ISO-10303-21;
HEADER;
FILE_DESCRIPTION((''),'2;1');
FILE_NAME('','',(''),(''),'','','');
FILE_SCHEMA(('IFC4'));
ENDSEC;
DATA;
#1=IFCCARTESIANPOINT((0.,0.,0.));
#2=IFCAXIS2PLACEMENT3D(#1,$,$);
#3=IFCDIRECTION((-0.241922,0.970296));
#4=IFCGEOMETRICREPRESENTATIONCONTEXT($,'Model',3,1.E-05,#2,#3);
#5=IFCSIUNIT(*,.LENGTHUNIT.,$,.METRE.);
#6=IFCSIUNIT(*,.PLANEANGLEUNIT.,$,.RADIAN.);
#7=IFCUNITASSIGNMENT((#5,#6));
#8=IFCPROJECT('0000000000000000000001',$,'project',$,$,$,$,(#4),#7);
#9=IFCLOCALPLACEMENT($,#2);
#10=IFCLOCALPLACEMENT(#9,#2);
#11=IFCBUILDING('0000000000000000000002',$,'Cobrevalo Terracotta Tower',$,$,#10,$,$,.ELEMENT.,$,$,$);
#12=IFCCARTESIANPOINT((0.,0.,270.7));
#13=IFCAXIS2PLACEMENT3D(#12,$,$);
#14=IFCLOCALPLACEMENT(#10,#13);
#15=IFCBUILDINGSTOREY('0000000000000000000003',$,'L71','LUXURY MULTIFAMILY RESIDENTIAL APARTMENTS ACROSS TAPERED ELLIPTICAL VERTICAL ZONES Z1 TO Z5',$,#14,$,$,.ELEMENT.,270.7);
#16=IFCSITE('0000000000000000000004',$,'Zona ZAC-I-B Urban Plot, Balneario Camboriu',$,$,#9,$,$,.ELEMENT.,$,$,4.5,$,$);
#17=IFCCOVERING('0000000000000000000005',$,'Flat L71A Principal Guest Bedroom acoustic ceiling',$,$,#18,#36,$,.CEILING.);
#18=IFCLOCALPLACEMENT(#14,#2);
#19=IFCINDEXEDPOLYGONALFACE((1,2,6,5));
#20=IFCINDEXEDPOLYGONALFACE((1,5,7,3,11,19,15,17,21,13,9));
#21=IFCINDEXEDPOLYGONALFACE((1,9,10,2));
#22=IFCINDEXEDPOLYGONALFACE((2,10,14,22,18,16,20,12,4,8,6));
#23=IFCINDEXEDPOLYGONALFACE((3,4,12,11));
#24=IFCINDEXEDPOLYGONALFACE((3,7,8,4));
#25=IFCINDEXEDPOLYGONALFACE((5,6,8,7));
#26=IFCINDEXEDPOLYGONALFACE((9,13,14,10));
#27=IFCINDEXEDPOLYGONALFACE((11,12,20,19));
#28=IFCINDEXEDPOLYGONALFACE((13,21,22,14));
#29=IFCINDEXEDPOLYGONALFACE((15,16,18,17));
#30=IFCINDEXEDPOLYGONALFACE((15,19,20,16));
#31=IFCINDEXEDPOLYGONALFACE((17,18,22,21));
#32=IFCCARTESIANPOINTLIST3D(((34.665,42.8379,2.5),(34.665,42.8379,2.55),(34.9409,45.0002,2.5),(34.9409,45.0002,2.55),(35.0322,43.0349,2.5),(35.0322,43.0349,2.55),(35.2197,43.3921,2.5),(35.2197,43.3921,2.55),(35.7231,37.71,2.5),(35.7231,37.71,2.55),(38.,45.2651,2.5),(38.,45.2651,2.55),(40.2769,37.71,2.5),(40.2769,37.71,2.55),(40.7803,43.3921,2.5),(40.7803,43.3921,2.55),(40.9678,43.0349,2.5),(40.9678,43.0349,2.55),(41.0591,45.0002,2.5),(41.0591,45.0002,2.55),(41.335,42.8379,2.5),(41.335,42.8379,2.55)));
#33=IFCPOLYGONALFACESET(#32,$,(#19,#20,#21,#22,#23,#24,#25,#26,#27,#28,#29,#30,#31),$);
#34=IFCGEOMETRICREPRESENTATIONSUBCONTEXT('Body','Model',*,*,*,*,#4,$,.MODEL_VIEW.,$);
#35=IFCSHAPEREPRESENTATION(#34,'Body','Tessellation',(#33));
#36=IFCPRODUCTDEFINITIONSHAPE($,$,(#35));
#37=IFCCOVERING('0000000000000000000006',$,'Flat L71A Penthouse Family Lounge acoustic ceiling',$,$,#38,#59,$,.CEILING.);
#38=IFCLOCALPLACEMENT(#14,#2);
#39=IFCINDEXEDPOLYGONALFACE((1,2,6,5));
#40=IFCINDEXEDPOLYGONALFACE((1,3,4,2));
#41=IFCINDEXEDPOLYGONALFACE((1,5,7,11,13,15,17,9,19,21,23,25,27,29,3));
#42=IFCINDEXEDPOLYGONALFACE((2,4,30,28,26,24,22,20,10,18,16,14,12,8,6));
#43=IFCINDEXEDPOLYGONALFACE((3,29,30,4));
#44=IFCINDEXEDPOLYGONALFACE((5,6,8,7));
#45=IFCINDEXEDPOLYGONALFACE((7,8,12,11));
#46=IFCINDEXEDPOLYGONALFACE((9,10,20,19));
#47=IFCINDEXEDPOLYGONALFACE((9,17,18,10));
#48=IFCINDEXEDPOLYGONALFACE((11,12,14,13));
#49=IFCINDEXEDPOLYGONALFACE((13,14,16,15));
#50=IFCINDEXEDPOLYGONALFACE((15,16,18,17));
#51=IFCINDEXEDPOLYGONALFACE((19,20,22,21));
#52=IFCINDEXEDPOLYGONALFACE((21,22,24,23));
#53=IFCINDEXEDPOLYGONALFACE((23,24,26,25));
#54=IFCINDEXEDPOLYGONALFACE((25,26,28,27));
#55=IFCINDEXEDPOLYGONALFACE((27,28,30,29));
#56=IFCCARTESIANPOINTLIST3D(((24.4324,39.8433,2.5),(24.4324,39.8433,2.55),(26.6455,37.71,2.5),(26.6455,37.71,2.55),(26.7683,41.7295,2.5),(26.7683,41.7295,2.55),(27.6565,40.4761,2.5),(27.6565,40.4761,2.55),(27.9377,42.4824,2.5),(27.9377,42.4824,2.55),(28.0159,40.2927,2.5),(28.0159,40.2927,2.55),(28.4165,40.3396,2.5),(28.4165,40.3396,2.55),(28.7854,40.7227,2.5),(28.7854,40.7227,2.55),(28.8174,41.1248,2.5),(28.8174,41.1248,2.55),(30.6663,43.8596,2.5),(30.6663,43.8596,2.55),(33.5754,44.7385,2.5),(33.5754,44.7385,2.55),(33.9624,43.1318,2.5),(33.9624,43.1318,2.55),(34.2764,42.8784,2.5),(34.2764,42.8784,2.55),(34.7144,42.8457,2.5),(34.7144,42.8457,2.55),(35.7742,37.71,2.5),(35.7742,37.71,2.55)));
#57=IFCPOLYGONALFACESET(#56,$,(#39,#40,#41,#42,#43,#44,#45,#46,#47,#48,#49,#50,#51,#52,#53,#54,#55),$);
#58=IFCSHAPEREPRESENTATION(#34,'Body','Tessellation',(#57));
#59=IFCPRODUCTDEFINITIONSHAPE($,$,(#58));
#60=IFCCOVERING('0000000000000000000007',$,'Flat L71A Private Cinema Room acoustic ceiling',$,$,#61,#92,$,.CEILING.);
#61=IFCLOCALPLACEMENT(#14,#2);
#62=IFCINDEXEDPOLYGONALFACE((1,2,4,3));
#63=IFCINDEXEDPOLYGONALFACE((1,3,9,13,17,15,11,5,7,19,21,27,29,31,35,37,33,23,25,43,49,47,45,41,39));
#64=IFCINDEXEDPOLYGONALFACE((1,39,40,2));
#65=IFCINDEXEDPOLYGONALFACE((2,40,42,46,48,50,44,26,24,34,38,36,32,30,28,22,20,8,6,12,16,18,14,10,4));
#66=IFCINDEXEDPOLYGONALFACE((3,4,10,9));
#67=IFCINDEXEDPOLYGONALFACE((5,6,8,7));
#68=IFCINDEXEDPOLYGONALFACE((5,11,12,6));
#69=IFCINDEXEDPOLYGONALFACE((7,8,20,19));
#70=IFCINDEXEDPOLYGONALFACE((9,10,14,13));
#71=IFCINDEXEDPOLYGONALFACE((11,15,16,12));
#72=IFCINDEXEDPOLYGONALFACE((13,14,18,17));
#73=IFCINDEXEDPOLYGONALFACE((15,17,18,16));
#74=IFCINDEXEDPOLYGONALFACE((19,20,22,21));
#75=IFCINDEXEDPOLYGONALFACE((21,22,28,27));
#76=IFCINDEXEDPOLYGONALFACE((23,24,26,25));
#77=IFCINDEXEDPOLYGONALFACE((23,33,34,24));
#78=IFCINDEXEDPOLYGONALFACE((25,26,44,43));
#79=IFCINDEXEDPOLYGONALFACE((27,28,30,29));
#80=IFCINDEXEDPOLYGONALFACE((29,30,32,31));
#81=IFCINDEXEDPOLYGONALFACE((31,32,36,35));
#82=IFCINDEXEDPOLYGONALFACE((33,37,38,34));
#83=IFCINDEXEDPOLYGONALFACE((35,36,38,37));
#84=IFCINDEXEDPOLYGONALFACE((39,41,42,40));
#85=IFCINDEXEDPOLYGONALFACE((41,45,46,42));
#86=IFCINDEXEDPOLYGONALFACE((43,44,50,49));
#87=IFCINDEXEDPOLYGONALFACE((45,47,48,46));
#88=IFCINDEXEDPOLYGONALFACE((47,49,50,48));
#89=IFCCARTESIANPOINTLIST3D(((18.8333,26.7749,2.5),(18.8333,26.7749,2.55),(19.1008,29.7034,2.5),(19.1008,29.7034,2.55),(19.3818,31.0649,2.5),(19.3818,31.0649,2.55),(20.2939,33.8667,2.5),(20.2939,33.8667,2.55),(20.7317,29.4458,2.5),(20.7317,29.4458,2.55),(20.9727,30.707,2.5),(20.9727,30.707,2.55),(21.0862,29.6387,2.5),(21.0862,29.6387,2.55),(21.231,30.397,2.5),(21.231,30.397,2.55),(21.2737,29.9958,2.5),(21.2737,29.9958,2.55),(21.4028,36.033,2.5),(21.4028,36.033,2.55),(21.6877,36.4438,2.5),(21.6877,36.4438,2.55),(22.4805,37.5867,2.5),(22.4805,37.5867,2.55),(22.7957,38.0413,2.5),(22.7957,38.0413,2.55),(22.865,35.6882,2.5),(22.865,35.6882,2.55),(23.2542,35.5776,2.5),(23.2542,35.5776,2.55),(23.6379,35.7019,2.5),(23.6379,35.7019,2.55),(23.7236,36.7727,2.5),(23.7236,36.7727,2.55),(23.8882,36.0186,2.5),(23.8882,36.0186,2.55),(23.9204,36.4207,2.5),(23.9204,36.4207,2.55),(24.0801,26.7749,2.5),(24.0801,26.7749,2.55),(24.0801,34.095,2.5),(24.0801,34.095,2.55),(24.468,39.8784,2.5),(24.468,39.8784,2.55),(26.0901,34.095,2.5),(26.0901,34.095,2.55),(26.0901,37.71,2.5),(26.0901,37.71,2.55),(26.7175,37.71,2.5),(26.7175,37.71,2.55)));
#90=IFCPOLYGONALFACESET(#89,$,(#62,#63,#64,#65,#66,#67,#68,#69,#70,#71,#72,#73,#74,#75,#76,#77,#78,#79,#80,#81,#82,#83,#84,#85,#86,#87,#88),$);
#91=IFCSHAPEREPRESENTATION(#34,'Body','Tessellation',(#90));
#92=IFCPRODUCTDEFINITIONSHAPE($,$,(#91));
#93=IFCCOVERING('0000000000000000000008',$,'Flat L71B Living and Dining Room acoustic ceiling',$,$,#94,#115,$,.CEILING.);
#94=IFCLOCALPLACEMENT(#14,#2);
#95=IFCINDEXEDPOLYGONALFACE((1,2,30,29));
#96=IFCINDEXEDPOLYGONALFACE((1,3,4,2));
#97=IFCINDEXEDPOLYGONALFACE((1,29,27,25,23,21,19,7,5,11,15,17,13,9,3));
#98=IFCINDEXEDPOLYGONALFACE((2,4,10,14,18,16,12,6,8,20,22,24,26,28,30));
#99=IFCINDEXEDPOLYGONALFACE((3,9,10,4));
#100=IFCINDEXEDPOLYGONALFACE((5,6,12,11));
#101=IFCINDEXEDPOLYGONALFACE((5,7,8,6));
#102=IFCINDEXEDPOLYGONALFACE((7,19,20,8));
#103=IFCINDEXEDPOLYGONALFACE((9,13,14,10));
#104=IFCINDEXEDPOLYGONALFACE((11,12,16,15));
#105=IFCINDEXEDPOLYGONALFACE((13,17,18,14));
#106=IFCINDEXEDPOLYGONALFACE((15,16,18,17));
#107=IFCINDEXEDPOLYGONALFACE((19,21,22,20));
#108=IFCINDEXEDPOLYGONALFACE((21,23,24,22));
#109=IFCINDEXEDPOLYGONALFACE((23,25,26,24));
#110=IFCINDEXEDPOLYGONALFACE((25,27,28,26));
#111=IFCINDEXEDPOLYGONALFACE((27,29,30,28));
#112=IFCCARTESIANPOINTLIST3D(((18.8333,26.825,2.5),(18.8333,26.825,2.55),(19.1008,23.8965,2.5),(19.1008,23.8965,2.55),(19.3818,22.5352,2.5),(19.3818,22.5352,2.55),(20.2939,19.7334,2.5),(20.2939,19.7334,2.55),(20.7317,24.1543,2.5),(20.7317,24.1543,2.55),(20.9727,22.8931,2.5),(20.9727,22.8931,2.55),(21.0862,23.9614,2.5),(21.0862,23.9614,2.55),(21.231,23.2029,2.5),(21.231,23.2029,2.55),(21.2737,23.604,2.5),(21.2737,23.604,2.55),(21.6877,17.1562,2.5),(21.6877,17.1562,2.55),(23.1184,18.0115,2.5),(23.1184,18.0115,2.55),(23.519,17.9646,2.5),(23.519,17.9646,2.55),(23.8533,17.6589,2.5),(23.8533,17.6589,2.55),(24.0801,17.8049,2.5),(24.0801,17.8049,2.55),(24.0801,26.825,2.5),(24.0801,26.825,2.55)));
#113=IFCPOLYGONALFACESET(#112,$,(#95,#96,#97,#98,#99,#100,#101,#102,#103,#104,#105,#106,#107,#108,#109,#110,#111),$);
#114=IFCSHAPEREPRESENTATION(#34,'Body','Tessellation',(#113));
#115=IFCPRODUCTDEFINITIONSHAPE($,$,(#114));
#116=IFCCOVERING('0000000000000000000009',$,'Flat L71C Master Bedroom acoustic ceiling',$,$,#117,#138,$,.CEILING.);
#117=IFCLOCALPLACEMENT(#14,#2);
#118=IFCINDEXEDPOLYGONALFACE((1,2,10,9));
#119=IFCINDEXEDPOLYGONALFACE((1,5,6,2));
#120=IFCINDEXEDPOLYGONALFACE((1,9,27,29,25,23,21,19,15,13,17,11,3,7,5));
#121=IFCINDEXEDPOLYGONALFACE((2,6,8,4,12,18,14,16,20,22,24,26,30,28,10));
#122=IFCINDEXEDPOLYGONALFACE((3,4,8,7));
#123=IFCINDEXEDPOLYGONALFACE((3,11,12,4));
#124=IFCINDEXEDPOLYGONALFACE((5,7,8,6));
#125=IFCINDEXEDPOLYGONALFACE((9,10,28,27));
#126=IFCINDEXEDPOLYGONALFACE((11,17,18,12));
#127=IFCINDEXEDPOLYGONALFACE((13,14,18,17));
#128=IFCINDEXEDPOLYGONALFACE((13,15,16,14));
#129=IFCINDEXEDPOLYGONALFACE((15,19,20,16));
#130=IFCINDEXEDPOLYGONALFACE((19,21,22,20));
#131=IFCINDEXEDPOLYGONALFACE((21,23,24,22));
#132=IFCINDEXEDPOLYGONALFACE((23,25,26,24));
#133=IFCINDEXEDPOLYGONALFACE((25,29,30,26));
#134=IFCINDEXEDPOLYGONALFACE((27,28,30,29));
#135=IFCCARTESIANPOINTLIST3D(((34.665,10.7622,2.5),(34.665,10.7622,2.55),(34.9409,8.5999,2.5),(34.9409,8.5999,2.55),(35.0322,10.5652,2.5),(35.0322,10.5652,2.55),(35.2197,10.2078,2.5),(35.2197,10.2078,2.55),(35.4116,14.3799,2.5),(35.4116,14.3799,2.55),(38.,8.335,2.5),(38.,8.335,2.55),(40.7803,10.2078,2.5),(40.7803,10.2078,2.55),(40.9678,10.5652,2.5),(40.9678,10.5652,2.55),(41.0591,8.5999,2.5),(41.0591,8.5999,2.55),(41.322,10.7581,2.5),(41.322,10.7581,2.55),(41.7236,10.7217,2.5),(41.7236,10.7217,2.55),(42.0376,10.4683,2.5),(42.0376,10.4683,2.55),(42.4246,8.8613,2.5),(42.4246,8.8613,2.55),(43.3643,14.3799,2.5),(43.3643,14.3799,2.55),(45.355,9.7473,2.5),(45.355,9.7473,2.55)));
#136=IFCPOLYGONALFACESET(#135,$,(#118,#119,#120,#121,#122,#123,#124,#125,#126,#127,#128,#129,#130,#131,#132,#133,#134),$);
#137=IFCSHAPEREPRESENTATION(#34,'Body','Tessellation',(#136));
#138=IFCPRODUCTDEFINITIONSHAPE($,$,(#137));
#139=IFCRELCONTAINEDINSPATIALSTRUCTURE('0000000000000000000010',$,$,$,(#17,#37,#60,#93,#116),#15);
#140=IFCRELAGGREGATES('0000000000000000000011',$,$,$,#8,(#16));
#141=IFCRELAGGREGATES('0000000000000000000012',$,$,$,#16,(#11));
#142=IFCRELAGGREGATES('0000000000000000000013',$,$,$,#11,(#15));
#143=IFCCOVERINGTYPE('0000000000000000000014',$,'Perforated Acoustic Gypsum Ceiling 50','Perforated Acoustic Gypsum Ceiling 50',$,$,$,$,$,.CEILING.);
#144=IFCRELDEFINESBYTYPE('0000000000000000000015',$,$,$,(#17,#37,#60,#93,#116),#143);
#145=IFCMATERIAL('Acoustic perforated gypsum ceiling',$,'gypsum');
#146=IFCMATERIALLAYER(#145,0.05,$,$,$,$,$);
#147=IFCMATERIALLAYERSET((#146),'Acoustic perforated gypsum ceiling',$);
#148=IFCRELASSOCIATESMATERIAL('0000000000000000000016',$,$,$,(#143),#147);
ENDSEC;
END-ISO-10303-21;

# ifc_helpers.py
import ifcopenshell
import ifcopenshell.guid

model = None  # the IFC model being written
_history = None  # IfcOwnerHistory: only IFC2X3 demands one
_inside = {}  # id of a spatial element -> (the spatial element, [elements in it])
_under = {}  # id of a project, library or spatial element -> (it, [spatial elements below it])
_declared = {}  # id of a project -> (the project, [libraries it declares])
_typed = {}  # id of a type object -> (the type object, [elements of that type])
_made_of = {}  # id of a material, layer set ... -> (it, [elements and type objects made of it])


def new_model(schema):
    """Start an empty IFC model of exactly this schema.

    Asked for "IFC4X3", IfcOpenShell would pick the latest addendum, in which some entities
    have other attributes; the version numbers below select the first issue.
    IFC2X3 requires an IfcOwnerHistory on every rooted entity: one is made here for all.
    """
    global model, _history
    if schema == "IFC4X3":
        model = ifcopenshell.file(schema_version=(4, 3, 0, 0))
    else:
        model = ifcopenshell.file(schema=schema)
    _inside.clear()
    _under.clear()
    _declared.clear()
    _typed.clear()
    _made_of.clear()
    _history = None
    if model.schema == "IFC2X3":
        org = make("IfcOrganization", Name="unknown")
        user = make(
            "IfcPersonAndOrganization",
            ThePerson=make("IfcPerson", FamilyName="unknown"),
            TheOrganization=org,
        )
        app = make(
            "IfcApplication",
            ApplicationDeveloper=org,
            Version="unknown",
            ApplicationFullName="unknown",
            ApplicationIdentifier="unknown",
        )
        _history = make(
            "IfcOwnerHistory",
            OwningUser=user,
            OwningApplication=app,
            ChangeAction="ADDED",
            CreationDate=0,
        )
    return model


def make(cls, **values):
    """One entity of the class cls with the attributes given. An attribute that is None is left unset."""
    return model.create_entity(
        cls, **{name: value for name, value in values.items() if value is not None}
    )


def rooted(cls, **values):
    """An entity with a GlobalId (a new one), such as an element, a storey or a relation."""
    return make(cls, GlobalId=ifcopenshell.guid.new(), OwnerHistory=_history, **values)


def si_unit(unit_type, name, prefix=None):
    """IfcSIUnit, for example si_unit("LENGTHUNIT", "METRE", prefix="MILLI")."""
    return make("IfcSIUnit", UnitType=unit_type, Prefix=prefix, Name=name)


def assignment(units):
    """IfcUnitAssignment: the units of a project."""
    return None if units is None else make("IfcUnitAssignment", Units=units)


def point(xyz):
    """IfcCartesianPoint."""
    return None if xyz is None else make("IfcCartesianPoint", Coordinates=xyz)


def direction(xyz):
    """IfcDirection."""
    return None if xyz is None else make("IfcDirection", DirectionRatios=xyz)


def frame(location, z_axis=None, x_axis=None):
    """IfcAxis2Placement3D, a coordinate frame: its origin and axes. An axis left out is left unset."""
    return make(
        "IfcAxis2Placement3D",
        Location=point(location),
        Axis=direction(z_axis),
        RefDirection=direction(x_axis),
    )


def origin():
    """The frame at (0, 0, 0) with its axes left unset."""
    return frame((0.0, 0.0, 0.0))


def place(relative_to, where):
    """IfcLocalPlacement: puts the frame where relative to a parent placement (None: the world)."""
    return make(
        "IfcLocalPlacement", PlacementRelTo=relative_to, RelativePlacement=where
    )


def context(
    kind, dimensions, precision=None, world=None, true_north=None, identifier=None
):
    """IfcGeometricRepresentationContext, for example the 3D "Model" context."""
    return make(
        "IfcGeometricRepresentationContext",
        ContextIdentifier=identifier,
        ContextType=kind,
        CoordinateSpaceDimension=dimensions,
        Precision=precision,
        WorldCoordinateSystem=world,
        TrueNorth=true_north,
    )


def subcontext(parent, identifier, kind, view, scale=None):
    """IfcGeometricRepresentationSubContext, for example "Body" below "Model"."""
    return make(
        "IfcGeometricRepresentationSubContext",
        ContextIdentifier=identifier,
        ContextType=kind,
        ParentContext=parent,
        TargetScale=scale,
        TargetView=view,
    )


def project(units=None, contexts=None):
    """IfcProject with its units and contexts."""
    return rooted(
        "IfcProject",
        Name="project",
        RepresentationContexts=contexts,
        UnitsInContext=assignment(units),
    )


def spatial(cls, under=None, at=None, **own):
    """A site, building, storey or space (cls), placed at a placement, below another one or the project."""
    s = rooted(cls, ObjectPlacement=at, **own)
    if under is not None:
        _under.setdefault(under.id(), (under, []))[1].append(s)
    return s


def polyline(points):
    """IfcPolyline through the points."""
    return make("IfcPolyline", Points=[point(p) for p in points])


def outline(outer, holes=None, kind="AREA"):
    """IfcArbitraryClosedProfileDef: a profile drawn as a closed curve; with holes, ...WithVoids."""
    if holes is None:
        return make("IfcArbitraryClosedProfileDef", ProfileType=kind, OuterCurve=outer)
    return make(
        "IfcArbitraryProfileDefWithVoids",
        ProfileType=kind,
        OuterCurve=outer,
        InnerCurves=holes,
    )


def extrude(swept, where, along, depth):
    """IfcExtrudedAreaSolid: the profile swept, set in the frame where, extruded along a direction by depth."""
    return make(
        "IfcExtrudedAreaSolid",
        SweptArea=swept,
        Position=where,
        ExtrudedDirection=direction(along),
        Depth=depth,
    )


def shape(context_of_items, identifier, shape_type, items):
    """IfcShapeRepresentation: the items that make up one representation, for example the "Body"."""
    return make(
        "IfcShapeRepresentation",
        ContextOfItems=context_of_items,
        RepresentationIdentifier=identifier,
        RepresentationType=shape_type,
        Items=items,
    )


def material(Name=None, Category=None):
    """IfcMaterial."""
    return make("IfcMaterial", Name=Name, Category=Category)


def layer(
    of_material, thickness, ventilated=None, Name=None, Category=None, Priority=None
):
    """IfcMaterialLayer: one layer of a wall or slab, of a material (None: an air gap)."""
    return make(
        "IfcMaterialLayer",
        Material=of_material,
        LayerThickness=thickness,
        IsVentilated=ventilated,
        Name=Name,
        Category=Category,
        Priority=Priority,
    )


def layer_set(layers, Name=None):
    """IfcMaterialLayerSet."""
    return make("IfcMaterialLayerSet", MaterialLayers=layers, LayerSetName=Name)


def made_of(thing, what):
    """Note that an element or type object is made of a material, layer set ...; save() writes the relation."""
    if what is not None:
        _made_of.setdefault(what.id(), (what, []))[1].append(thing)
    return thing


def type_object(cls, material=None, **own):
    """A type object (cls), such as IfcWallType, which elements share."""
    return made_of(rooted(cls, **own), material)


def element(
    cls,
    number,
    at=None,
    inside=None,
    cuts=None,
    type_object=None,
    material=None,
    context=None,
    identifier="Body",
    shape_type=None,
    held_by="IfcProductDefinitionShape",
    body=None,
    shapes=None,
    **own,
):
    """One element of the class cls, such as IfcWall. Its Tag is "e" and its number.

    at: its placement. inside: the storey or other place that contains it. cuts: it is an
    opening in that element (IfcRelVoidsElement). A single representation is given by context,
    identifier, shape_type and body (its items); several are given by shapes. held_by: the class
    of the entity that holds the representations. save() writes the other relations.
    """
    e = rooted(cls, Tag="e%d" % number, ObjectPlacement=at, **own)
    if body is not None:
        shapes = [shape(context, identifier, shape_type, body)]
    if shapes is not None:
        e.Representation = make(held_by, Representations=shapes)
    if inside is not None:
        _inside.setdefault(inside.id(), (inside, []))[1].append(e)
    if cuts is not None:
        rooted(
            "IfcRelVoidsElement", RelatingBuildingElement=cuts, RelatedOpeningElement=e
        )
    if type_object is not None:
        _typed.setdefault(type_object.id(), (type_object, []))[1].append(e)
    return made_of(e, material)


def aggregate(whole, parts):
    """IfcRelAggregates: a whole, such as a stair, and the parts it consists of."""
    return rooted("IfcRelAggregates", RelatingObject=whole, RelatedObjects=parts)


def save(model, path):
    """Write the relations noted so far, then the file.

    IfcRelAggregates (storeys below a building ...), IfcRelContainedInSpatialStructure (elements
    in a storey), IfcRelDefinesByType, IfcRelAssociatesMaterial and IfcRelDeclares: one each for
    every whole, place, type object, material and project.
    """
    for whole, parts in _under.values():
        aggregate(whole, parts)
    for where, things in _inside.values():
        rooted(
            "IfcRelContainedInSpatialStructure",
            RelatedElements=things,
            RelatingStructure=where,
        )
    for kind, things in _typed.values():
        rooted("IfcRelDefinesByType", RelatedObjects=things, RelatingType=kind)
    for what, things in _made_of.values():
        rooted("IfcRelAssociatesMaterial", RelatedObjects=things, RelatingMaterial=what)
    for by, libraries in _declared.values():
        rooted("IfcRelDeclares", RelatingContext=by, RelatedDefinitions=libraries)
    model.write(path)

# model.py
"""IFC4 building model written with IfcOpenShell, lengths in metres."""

from ifc_helpers import new_model, si_unit, direction, frame, origin, place, context, subcontext, project, spatial, polyline, outline, extrude, material, layer, layer_set, type_object, element, save


model = new_model("IFC4")

# Units and contexts
model_context = context("Model", 3, precision=1e-05, world=origin(), true_north=direction((-0.241922, 0.970296)))
body_context = subcontext(model_context, "Body", "Model", "MODEL_VIEW")
ifc_project = project(units=[si_unit("LENGTHUNIT", "METRE"), si_unit("PLANEANGLEUNIT", "RADIAN")], contexts=[model_context])

# Site, building, storey
site_placement = place(None, origin())
site = spatial("IfcSite", under=ifc_project, at=site_placement, Name="Zona ZAC-I-B Urban Plot, Balneario Camboriu", CompositionType="ELEMENT", RefElevation=4.5)
building_placement = place(site_placement, origin())
building = spatial("IfcBuilding", under=site, at=building_placement, Name="Cobrevalo Terracotta Tower", CompositionType="ELEMENT")
storey_placement = place(building_placement, frame((0.0, 0.0, 270.7)))
storey = spatial("IfcBuildingStorey", under=building, at=storey_placement, Name="L71", Description="LUXURY MULTIFAMILY RESIDENTIAL APARTMENTS ACROSS TAPERED ELLIPTICAL VERTICAL ZONES Z1 TO Z5", CompositionType="ELEMENT", Elevation=270.7)

# Coverings
ifc_material_1 = material(Name="Acoustic perforated gypsum ceiling", Category="gypsum")
ifc_layer_1 = layer(ifc_material_1, 0.05)
ifc_layer_set_1 = layer_set([ifc_layer_1], Name="Acoustic perforated gypsum ceiling")
covering_type_1 = type_object("IfcCoveringType", Name="Perforated Acoustic Gypsum Ceiling 50", Description="Perforated Acoustic Gypsum Ceiling 50", PredefinedType="CEILING", material=ifc_layer_set_1)
covering_1_placement = place(storey_placement, frame((0.0, 0.0, 2.5)))
element("IfcCovering", 1, at=covering_1_placement, inside=storey, type_object=covering_type_1, Name="Flat L71A Principal Guest Bedroom acoustic ceiling", PredefinedType="CEILING", context=body_context, shape_type="SweptSolid", body=[
    extrude(outline(polyline([(34.665, 42.8379), (35.0322, 43.0349), (35.2197, 43.3921), (34.9409, 45.0002), (38.0, 45.2651), (41.0591, 45.0002), (40.7803, 43.3921), (40.9678, 43.0349), (41.335, 42.8379), (40.2769, 37.71), (35.7231, 37.71), (34.665, 42.8379)])), origin(), (0.0, 0.0, 1.0), 0.05),
])
covering_2_placement = place(storey_placement, frame((0.0, 0.0, 2.5)))
element("IfcCovering", 2, at=covering_2_placement, inside=storey, type_object=covering_type_1, Name="Flat L71A Penthouse Family Lounge acoustic ceiling", PredefinedType="CEILING", context=body_context, shape_type="SweptSolid", body=[
    extrude(outline(polyline([(24.4324, 39.8433), (26.7683, 41.7295), (27.6565, 40.4761), (28.0159, 40.2927), (28.4165, 40.3396), (28.7854, 40.7227), (28.8174, 41.1248), (27.9377, 42.4824), (30.6663, 43.8596), (33.5754, 44.7385), (33.9624, 43.1318), (34.2764, 42.8784), (34.7144, 42.8457), (35.7742, 37.71), (26.6455, 37.71), (24.4324, 39.8433)])), origin(), (0.0, 0.0, 1.0), 0.05),
])
covering_3_placement = place(storey_placement, frame((0.0, 0.0, 2.5)))
element("IfcCovering", 3, at=covering_3_placement, inside=storey, type_object=covering_type_1, Name="Flat L71A Private Cinema Room acoustic ceiling", PredefinedType="CEILING", context=body_context, shape_type="SweptSolid", body=[
    extrude(outline(polyline([(26.7175, 37.71), (26.0901, 37.71), (26.0901, 34.095), (24.0801, 34.095), (24.0801, 26.7749), (18.8333, 26.7749), (19.1008, 29.7034), (20.7317, 29.4458), (21.0862, 29.6387), (21.2737, 29.9958), (21.231, 30.397), (20.9727, 30.707), (19.3818, 31.0649), (20.2939, 33.8667), (21.4028, 36.033), (21.6877, 36.4438), (22.865, 35.6882), (23.2542, 35.5776), (23.6379, 35.7019), (23.8882, 36.0186), (23.9204, 36.4207), (23.7236, 36.7727), (22.4805, 37.5867), (22.7957, 38.0413), (24.468, 39.8784), (26.7175, 37.71)])), origin(), (0.0, 0.0, 1.0), 0.05),
])
covering_4_placement = place(storey_placement, frame((0.0, 0.0, 2.5)))
element("IfcCovering", 4, at=covering_4_placement, inside=storey, type_object=covering_type_1, Name="Flat L71B Living and Dining Room acoustic ceiling", PredefinedType="CEILING", context=body_context, shape_type="SweptSolid", body=[
    extrude(outline(polyline([(20.2939, 19.7334), (19.3818, 22.5352), (20.9727, 22.8931), (21.231, 23.2029), (21.2737, 23.604), (21.0862, 23.9614), (20.7317, 24.1543), (19.1008, 23.8965), (18.8333, 26.825), (24.0801, 26.825), (24.0801, 17.8049), (23.8533, 17.6589), (23.519, 17.9646), (23.1184, 18.0115), (21.6877, 17.1562), (20.2939, 19.7334)])), origin(), (0.0, 0.0, 1.0), 0.05),
])
covering_5_placement = place(storey_placement, frame((0.0, 0.0, 2.5)))
element("IfcCovering", 5, at=covering_5_placement, inside=storey, type_object=covering_type_1, Name="Flat L71C Master Bedroom acoustic ceiling", PredefinedType="CEILING", context=body_context, shape_type="SweptSolid", body=[
    extrude(outline(polyline([(38.0, 8.335), (34.9409, 8.5999), (35.2197, 10.2078), (35.0322, 10.5652), (34.665, 10.7622), (35.4116, 14.3799), (43.3643, 14.3799), (45.355, 9.7473), (42.4246, 8.8613), (42.0376, 10.4683), (41.7236, 10.7217), (41.322, 10.7581), (40.9678, 10.5652), (40.7803, 10.2078), (41.0591, 8.5999), (38.0, 8.335)])), origin(), (0.0, 0.0, 1.0), 0.05),
])

save(model, "model.ifc")
